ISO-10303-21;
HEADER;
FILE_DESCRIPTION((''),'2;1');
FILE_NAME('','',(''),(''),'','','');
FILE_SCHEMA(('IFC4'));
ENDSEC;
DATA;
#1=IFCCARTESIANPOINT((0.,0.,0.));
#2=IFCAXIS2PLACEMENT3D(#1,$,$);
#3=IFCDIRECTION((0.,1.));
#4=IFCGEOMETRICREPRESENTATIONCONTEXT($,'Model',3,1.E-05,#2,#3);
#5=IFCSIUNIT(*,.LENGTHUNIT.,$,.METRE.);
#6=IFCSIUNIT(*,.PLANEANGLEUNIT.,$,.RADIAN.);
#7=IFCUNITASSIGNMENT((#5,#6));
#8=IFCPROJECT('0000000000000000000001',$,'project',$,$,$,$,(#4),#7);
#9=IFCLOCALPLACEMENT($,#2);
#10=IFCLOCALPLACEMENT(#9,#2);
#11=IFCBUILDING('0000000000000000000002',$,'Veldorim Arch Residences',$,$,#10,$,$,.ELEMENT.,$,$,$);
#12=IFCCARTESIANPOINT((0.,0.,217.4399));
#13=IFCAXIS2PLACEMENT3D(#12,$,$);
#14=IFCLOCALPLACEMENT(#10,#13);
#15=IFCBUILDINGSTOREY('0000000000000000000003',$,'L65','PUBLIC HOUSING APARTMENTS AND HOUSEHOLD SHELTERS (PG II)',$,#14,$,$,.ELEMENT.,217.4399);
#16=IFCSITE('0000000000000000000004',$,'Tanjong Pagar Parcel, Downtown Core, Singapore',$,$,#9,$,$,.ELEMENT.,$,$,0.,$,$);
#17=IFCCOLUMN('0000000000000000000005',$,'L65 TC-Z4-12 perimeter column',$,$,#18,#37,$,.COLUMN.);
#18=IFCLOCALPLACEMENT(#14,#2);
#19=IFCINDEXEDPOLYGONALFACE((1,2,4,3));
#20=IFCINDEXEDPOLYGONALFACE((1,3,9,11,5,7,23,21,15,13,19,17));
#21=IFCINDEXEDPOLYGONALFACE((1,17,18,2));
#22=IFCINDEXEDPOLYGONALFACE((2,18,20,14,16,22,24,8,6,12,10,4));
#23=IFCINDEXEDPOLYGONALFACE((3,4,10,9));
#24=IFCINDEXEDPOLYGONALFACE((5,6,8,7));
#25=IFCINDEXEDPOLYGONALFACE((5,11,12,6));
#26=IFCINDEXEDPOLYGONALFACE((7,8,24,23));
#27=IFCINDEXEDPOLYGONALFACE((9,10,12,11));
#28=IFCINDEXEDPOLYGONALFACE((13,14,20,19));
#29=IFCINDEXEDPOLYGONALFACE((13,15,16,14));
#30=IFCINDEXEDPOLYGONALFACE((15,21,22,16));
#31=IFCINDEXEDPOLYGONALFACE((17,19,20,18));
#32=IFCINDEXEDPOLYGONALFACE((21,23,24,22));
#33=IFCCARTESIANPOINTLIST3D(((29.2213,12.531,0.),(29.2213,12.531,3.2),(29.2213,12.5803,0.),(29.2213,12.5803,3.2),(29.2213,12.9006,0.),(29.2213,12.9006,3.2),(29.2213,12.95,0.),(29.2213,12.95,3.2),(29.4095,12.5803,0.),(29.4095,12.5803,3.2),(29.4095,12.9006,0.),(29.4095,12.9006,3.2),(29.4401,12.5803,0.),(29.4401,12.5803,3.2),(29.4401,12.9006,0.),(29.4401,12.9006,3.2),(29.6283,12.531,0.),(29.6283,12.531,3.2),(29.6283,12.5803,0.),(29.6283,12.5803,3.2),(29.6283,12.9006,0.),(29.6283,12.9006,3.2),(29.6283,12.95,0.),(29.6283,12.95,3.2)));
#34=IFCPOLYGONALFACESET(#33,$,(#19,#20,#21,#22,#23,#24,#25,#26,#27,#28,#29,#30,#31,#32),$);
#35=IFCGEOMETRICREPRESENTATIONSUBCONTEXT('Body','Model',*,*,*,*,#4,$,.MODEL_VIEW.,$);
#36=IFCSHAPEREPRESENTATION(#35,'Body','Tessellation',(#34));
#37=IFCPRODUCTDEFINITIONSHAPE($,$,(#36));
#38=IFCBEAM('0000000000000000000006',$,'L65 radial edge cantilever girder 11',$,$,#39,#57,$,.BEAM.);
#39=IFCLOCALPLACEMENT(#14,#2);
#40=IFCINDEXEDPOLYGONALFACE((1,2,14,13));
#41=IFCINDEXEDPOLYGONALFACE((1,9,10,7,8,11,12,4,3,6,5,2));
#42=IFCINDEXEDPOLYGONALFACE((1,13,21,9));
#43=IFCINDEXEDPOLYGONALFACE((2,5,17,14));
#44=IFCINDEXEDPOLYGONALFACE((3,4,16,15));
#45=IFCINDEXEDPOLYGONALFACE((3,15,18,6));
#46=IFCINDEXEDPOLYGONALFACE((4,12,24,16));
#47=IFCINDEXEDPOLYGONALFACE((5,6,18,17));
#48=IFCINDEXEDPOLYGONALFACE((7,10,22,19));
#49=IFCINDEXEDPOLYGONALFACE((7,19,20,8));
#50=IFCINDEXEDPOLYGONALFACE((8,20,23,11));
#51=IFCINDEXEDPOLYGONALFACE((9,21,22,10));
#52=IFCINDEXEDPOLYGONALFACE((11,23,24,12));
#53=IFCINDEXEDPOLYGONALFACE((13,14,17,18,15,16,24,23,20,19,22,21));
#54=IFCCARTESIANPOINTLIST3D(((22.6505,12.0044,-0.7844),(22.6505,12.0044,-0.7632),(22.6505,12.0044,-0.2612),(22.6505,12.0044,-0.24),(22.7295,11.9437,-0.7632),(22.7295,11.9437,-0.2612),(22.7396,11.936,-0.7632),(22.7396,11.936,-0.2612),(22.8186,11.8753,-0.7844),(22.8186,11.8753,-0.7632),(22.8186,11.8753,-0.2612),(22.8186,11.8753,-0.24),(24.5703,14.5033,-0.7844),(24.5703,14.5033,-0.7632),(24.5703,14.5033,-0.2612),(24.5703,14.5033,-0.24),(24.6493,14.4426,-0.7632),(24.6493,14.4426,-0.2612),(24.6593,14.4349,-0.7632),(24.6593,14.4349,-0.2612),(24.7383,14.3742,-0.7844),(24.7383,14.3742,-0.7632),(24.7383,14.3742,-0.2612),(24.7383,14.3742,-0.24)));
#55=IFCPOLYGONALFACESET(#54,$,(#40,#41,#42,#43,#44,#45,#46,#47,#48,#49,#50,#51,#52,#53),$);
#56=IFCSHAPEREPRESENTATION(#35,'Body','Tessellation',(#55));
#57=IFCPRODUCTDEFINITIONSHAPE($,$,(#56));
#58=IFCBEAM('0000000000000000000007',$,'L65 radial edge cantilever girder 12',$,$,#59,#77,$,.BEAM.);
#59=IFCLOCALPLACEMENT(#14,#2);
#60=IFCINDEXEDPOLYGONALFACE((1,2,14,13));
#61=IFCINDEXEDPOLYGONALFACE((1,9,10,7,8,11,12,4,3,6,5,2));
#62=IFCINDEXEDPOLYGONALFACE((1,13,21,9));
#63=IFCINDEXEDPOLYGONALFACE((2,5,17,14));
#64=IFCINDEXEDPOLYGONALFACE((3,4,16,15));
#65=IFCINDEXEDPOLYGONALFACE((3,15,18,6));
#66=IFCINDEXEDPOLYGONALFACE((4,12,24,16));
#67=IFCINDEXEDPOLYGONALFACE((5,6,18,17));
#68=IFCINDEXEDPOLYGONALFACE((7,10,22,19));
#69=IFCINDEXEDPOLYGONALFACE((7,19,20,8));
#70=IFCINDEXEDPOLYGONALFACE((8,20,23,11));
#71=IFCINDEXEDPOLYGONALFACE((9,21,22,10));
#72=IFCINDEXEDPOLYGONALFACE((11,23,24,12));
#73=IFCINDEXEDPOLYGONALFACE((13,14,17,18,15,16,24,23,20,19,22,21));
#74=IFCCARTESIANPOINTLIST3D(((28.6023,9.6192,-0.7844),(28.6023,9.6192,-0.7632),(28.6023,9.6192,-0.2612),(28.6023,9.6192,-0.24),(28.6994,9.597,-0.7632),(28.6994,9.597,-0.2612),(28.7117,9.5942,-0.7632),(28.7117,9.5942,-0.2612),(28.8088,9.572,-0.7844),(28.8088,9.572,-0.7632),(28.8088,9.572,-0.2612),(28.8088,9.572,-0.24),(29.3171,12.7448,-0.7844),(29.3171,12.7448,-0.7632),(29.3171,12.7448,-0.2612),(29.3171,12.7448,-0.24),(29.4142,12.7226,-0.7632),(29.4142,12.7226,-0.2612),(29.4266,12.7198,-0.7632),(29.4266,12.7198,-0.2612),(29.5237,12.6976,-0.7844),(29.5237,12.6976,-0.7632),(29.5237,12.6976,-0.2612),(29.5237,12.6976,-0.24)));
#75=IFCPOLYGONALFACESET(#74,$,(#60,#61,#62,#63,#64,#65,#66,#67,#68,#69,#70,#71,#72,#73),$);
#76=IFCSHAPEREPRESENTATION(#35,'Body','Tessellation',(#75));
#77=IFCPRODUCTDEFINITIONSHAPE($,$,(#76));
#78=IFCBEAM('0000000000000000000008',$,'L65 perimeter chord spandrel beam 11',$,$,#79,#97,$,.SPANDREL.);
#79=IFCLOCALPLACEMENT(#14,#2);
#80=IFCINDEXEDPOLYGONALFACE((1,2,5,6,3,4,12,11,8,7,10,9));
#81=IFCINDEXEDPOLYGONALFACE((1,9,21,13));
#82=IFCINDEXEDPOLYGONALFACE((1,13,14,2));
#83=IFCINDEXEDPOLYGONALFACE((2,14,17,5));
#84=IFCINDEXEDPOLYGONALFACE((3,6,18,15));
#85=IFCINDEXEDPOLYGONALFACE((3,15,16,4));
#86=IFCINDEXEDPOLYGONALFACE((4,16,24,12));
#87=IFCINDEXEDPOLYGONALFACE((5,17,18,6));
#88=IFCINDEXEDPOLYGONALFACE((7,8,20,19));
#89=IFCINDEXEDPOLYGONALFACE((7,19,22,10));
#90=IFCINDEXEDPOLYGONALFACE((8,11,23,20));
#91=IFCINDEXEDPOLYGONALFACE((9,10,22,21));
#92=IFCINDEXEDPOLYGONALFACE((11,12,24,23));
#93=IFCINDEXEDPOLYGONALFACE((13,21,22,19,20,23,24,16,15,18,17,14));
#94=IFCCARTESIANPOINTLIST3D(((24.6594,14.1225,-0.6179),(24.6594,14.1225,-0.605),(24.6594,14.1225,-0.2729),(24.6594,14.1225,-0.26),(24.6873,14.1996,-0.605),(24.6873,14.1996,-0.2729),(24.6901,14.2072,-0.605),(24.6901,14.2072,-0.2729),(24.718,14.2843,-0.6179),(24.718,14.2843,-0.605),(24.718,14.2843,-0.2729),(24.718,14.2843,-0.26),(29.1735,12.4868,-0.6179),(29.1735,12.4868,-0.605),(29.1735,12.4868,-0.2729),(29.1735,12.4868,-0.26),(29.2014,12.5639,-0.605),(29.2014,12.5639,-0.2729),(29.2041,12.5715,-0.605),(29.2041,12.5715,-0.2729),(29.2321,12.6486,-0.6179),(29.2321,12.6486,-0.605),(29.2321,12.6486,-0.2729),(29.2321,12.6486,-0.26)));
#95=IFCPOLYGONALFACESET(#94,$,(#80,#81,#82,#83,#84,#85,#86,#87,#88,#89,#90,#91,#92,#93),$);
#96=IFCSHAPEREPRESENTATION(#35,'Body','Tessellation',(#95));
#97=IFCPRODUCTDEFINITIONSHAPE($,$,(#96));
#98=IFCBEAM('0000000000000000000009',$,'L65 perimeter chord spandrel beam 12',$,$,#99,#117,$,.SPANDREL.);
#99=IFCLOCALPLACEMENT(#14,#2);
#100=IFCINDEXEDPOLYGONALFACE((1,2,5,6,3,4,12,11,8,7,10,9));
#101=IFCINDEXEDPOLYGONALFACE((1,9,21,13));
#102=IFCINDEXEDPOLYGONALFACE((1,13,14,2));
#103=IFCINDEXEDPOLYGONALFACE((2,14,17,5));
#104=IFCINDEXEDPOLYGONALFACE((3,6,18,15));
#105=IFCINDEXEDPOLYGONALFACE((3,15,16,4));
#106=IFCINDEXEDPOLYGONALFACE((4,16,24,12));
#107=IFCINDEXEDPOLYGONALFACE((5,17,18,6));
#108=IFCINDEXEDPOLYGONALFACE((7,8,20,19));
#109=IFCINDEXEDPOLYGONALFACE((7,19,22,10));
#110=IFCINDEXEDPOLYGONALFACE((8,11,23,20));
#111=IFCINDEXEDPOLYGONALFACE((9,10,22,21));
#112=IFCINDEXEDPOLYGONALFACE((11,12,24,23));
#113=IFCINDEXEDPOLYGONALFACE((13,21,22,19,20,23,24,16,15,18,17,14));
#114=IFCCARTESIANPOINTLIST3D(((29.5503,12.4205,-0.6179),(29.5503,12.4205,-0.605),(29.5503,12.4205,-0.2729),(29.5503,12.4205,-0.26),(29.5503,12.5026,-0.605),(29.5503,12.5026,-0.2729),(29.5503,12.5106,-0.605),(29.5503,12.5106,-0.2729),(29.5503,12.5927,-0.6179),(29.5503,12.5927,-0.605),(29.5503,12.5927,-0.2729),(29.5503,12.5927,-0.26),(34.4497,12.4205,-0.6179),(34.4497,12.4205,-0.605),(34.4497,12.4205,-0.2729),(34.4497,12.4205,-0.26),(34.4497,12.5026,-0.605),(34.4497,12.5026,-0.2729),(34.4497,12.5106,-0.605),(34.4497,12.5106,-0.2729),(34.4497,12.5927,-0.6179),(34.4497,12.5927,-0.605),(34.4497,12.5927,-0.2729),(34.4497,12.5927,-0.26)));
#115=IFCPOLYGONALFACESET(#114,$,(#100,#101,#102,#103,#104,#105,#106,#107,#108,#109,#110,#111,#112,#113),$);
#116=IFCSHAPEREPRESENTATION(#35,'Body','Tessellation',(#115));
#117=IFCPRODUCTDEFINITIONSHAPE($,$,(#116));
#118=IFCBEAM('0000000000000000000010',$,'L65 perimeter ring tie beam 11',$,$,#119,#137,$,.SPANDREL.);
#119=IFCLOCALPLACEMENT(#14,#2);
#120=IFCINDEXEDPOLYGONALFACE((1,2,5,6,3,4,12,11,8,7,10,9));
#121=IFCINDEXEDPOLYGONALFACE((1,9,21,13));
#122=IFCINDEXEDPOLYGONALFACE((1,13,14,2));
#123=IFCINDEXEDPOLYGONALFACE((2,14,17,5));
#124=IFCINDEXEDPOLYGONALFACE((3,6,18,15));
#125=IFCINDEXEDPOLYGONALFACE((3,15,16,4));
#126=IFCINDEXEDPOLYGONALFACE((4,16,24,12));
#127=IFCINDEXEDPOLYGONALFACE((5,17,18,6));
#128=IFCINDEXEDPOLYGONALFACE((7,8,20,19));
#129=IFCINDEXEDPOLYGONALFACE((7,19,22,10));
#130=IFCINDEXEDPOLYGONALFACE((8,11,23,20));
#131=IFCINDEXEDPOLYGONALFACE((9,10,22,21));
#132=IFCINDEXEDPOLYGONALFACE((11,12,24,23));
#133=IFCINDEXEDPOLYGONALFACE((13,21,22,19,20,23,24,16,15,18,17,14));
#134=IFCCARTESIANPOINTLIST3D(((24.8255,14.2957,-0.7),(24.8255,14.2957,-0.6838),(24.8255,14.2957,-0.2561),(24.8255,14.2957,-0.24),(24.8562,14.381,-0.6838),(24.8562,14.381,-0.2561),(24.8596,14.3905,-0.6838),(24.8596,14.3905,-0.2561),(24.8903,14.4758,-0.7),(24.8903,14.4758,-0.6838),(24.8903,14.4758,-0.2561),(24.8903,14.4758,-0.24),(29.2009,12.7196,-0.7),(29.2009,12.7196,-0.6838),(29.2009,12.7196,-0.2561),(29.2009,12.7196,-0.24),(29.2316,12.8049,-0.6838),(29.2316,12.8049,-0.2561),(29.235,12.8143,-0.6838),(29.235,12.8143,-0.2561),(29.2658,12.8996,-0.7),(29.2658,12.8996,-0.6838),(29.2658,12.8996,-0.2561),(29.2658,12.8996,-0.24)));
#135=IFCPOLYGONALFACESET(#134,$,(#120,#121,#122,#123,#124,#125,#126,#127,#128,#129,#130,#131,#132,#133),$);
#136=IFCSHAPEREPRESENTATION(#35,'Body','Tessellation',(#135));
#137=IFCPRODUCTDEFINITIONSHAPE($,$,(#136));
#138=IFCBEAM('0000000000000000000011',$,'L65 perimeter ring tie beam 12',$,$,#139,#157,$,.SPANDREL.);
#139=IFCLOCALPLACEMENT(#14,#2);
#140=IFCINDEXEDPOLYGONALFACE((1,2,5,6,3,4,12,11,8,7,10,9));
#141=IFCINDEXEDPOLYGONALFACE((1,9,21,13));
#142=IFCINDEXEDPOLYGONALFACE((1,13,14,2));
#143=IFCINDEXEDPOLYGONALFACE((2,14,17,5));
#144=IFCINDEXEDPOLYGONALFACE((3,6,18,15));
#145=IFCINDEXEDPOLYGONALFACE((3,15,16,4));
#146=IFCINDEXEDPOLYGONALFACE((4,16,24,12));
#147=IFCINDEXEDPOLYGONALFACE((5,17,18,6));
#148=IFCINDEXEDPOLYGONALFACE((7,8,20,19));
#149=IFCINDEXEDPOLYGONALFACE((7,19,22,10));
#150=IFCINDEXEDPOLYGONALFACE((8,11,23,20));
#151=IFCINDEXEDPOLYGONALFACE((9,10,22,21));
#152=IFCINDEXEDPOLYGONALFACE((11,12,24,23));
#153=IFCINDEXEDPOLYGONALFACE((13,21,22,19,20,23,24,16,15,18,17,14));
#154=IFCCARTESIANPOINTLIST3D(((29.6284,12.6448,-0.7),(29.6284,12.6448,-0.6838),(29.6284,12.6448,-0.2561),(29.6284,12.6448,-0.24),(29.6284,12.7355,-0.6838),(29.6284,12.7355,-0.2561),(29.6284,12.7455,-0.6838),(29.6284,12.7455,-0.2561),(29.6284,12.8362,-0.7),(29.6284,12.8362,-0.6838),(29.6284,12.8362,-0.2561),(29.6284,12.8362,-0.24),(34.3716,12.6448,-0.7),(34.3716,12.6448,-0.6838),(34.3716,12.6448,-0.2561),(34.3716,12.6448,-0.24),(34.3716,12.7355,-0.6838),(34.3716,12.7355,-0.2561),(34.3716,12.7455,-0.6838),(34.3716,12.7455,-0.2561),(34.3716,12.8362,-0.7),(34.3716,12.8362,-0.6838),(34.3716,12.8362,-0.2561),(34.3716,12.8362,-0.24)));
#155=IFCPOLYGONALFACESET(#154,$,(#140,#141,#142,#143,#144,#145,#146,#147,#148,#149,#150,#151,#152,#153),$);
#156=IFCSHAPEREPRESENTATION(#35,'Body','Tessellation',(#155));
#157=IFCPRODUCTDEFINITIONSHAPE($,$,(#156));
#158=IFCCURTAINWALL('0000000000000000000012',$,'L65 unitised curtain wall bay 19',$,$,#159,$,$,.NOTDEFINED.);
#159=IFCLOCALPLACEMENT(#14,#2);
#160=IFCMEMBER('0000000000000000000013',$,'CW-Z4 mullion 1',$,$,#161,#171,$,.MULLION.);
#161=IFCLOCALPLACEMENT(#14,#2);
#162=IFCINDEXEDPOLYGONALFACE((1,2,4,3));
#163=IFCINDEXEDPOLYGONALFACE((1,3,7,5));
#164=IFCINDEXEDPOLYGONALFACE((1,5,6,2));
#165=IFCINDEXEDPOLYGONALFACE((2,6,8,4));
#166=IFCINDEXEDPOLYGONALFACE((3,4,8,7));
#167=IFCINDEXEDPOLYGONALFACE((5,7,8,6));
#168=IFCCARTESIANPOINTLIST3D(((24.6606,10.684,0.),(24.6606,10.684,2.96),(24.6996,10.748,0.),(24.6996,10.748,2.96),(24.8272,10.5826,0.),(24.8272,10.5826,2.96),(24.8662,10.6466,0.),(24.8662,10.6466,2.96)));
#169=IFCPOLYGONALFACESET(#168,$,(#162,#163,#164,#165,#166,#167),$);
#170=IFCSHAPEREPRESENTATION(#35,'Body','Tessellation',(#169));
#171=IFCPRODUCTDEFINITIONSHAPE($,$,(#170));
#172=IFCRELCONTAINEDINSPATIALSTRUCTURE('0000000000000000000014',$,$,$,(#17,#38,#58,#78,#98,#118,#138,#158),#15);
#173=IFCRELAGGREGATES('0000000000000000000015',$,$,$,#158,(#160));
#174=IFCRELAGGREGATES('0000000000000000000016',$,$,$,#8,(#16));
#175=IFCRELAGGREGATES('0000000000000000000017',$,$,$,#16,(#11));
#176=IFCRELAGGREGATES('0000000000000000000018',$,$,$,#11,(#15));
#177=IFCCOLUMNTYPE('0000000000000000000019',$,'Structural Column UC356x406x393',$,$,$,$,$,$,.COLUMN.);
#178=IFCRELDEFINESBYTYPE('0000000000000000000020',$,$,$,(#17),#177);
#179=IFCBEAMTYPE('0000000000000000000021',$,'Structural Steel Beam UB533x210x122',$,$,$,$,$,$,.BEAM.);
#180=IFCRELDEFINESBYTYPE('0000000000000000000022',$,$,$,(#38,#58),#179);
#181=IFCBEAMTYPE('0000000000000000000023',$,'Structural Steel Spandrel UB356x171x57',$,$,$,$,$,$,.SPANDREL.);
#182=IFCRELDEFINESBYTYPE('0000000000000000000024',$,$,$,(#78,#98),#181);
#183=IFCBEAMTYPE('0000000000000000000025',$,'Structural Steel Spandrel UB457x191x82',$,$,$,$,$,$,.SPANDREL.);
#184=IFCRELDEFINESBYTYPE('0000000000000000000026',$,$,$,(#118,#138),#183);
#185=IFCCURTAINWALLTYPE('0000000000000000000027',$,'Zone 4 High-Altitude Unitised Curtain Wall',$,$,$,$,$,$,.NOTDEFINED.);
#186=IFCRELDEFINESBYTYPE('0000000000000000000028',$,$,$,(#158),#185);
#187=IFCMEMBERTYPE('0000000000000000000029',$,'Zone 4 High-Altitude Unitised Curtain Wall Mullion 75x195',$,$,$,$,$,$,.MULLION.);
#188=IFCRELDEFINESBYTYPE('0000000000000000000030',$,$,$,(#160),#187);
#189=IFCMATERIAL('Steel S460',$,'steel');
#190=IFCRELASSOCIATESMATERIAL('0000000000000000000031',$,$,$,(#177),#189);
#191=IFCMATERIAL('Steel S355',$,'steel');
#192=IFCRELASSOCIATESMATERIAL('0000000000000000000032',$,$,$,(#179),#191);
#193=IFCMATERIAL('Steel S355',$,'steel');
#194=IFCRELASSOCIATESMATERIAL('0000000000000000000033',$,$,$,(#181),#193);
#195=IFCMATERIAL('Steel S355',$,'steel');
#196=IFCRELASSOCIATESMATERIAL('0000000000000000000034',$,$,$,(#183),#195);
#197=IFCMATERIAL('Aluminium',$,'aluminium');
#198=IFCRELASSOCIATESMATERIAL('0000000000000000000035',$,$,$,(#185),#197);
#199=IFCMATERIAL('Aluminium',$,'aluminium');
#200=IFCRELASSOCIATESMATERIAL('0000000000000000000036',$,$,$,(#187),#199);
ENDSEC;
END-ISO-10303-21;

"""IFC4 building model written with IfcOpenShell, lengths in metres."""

from ifc_helpers import new_model, si_unit, direction, frame, origin, origin_2d, place, context, subcontext, project, spatial, rectangle, i_section, extrude, material, material_profile, profile_set, type_object, element, aggregate, save


model = new_model("IFC4")

# Units and contexts
model_context = context("Model", 3, precision=1e-05, world=origin(), true_north=direction((0.0, 1.0)))
body_context = subcontext(model_context, "Body", "Model", "MODEL_VIEW")
ifc_project = project(units=[si_unit("LENGTHUNIT", "METRE"), si_unit("PLANEANGLEUNIT", "RADIAN")], contexts=[model_context])

# Site, building, storey
site_placement = place(None, origin())
site = spatial("IfcSite", under=ifc_project, at=site_placement, Name="Tanjong Pagar Parcel, Downtown Core, Singapore", CompositionType="ELEMENT", RefElevation=0.0)
building_placement = place(site_placement, origin())
building = spatial("IfcBuilding", under=site, at=building_placement, Name="Veldorim Arch Residences", CompositionType="ELEMENT")
storey_placement = place(building_placement, frame((0.0, 0.0, 217.4399)))
storey = spatial("IfcBuildingStorey", under=building, at=storey_placement, Name="L65", Description="PUBLIC HOUSING APARTMENTS AND HOUSEHOLD SHELTERS (PG II)", CompositionType="ELEMENT", Elevation=217.4399)

# Column
ifc_material_1 = material(Name="Steel S460", Category="steel")
ifc_material_profile_1 = material_profile(ifc_material_1, i_section(OverallWidth=0.407, OverallDepth=0.4189, WebThickness=0.0305, FlangeThickness=0.0493, at=origin_2d()), Name="UC356x406x393")
ifc_profile_set_1 = profile_set([ifc_material_profile_1], Name="Steel S460")
column_type = type_object("IfcColumnType", Name="Structural Column UC356x406x393", PredefinedType="COLUMN", material=ifc_profile_set_1)
column_placement = place(storey_placement, frame((29.4248, 12.7405, 0.0), z_axis=(0.0, 0.0, 1.0), x_axis=(1.0, 0.0, 0.0)))
element("IfcColumn", 1, at=column_placement, inside=storey, type_object=column_type, Name="L65 TC-Z4-12 perimeter column", PredefinedType="COLUMN", context=body_context, shape_type="SweptSolid", body=[
    extrude(i_section(OverallWidth=0.407, OverallDepth=0.4189, WebThickness=0.0305, FlangeThickness=0.0493, at=origin_2d()), origin(), (0.0, 0.0, 1.0), 3.2),
])

# Beams
ifc_material_2 = material(Name="Steel S355", Category="steel")
ifc_material_profile_2 = material_profile(ifc_material_2, i_section(OverallWidth=0.2119, OverallDepth=0.5444, WebThickness=0.0127, FlangeThickness=0.0212, at=origin_2d()), Name="UB533x210x122")
ifc_profile_set_2 = profile_set([ifc_material_profile_2], Name="Steel S355")
beam_type_1 = type_object("IfcBeamType", Name="Structural Steel Beam UB533x210x122", PredefinedType="BEAM", material=ifc_profile_set_2)
beam_1_placement = place(storey_placement, frame((24.6543, 14.4387, -0.5122), z_axis=(-0.60922, -0.793001, 0.0), x_axis=(0.793001, -0.60922, 0.0)))
element("IfcBeam", 2, at=beam_1_placement, inside=storey, type_object=beam_type_1, Name="L65 radial edge cantilever girder 11", PredefinedType="BEAM", context=body_context, shape_type="SweptSolid", body=[
    extrude(i_section(OverallWidth=0.2119, OverallDepth=0.5444, WebThickness=0.0127, FlangeThickness=0.0212, at=origin_2d()), origin(), (0.0, 0.0, 1.0), 3.1511),
])
beam_2_placement = place(storey_placement, frame((29.4204, 12.7212, -0.5122), z_axis=(-0.222957, -0.974828, 0.0), x_axis=(0.974828, -0.222957, 0.0)))
element("IfcBeam", 3, at=beam_2_placement, inside=storey, type_object=beam_type_1, Name="L65 radial edge cantilever girder 12", PredefinedType="BEAM", context=body_context, shape_type="SweptSolid", body=[
    extrude(i_section(OverallWidth=0.2119, OverallDepth=0.5444, WebThickness=0.0127, FlangeThickness=0.0212, at=origin_2d()), origin(), (0.0, 0.0, 1.0), 3.2063),
])
ifc_material_3 = material(Name="Steel S355", Category="steel")
ifc_material_profile_3 = material_profile(ifc_material_3, i_section(OverallWidth=0.1721, OverallDepth=0.3579, WebThickness=0.0081, FlangeThickness=0.0129, at=origin_2d()), Name="UB356x171x57")
ifc_profile_set_3 = profile_set([ifc_material_profile_3], Name="Steel S355")
beam_type_2 = type_object("IfcBeamType", Name="Structural Steel Spandrel UB356x171x57", PredefinedType="SPANDREL", material=ifc_profile_set_3)
beam_3_placement = place(storey_placement, frame((24.6887, 14.2034, -0.439), z_axis=(0.940179, -0.340681, 0.0), x_axis=(0.340681, 0.940179, 0.0)))
element("IfcBeam", 4, at=beam_3_placement, inside=storey, type_object=beam_type_2, Name="L65 perimeter chord spandrel beam 11", PredefinedType="SPANDREL", context=body_context, shape_type="SweptSolid", body=[
    extrude(i_section(OverallWidth=0.1721, OverallDepth=0.3579, WebThickness=0.0081, FlangeThickness=0.0129, at=origin_2d()), origin(), (0.0, 0.0, 1.0), 4.8013),
])
beam_4_placement = place(storey_placement, frame((29.5503, 12.5066, -0.439), z_axis=(1.0, 0.0, 0.0), x_axis=(0.0, 1.0, 0.0)))
element("IfcBeam", 5, at=beam_4_placement, inside=storey, type_object=beam_type_2, Name="L65 perimeter chord spandrel beam 12", PredefinedType="SPANDREL", context=body_context, shape_type="SweptSolid", body=[
    extrude(i_section(OverallWidth=0.1721, OverallDepth=0.3579, WebThickness=0.0081, FlangeThickness=0.0129, at=origin_2d()), origin(), (0.0, 0.0, 1.0), 4.8994),
])
ifc_material_4 = material(Name="Steel S355", Category="steel")
ifc_material_profile_4 = material_profile(ifc_material_4, i_section(OverallWidth=0.1914, OverallDepth=0.46, WebThickness=0.01, FlangeThickness=0.0161, at=origin_2d()), Name="UB457x191x82")
ifc_profile_set_4 = profile_set([ifc_material_profile_4], Name="Steel S355")
beam_type_3 = type_object("IfcBeamType", Name="Structural Steel Spandrel UB457x191x82", PredefinedType="SPANDREL", material=ifc_profile_set_4)
beam_5_placement = place(storey_placement, frame((24.8579, 14.3857, -0.47), z_axis=(0.940819, -0.338909, 0.0), x_axis=(0.338909, 0.940819, 0.0)))
element("IfcBeam", 6, at=beam_5_placement, inside=storey, type_object=beam_type_3, Name="L65 perimeter ring tie beam 11", PredefinedType="SPANDREL", context=body_context, shape_type="SweptSolid", body=[
    extrude(i_section(OverallWidth=0.1914, OverallDepth=0.46, WebThickness=0.01, FlangeThickness=0.0161, at=origin_2d()), origin(), (0.0, 0.0, 1.0), 4.6506),
])
beam_6_placement = place(storey_placement, frame((29.6284, 12.7405, -0.47), z_axis=(1.0, 0.0, 0.0), x_axis=(0.0, 1.0, 0.0)))
element("IfcBeam", 7, at=beam_6_placement, inside=storey, type_object=beam_type_3, Name="L65 perimeter ring tie beam 12", PredefinedType="SPANDREL", context=body_context, shape_type="SweptSolid", body=[
    extrude(i_section(OverallWidth=0.1914, OverallDepth=0.46, WebThickness=0.01, FlangeThickness=0.0161, at=origin_2d()), origin(), (0.0, 0.0, 1.0), 4.7432),
])

# Curtain wall, member
ifc_material_5 = material(Name="Aluminium", Category="aluminium")
curtain_wall_type = type_object("IfcCurtainWallType", Name="Zone 4 High-Altitude Unitised Curtain Wall", PredefinedType="NOTDEFINED", material=ifc_material_5)
curtain_wall_placement = place(storey_placement, origin())
curtain_wall = element("IfcCurtainWall", 8, at=curtain_wall_placement, inside=storey, type_object=curtain_wall_type, Name="L65 unitised curtain wall bay 19", PredefinedType="NOTDEFINED")
ifc_material_6 = material(Name="Aluminium", Category="aluminium")
ifc_material_profile_5 = material_profile(ifc_material_6, rectangle(XDim=0.075, YDim=0.1951, at=origin_2d()), Name="ALU_MUL_75x195")
ifc_profile_set_5 = profile_set([ifc_material_profile_5], Name="Aluminium")
member_type_1 = type_object("IfcMemberType", Name="Zone 4 High-Altitude Unitised Curtain Wall Mullion 75x195", PredefinedType="MULLION", material=ifc_profile_set_5)
member_1_placement = place(storey_placement, frame((24.7634, 10.6653, 0.0), z_axis=(0.0, 0.0, 1.0), x_axis=(-0.520033, -0.854146, 0.0)))
member_1 = element("IfcMember", 9, at=member_1_placement, type_object=member_type_1, Name="CW-Z4 mullion 1", PredefinedType="MULLION", context=body_context, shape_type="SweptSolid", body=[
    extrude(rectangle(XDim=0.075, YDim=0.1951, at=origin_2d()), origin(), (0.0, 0.0, 1.0), 2.96),
])
aggregate(curtain_wall, [member_1])

save(model, "model.ifc")
